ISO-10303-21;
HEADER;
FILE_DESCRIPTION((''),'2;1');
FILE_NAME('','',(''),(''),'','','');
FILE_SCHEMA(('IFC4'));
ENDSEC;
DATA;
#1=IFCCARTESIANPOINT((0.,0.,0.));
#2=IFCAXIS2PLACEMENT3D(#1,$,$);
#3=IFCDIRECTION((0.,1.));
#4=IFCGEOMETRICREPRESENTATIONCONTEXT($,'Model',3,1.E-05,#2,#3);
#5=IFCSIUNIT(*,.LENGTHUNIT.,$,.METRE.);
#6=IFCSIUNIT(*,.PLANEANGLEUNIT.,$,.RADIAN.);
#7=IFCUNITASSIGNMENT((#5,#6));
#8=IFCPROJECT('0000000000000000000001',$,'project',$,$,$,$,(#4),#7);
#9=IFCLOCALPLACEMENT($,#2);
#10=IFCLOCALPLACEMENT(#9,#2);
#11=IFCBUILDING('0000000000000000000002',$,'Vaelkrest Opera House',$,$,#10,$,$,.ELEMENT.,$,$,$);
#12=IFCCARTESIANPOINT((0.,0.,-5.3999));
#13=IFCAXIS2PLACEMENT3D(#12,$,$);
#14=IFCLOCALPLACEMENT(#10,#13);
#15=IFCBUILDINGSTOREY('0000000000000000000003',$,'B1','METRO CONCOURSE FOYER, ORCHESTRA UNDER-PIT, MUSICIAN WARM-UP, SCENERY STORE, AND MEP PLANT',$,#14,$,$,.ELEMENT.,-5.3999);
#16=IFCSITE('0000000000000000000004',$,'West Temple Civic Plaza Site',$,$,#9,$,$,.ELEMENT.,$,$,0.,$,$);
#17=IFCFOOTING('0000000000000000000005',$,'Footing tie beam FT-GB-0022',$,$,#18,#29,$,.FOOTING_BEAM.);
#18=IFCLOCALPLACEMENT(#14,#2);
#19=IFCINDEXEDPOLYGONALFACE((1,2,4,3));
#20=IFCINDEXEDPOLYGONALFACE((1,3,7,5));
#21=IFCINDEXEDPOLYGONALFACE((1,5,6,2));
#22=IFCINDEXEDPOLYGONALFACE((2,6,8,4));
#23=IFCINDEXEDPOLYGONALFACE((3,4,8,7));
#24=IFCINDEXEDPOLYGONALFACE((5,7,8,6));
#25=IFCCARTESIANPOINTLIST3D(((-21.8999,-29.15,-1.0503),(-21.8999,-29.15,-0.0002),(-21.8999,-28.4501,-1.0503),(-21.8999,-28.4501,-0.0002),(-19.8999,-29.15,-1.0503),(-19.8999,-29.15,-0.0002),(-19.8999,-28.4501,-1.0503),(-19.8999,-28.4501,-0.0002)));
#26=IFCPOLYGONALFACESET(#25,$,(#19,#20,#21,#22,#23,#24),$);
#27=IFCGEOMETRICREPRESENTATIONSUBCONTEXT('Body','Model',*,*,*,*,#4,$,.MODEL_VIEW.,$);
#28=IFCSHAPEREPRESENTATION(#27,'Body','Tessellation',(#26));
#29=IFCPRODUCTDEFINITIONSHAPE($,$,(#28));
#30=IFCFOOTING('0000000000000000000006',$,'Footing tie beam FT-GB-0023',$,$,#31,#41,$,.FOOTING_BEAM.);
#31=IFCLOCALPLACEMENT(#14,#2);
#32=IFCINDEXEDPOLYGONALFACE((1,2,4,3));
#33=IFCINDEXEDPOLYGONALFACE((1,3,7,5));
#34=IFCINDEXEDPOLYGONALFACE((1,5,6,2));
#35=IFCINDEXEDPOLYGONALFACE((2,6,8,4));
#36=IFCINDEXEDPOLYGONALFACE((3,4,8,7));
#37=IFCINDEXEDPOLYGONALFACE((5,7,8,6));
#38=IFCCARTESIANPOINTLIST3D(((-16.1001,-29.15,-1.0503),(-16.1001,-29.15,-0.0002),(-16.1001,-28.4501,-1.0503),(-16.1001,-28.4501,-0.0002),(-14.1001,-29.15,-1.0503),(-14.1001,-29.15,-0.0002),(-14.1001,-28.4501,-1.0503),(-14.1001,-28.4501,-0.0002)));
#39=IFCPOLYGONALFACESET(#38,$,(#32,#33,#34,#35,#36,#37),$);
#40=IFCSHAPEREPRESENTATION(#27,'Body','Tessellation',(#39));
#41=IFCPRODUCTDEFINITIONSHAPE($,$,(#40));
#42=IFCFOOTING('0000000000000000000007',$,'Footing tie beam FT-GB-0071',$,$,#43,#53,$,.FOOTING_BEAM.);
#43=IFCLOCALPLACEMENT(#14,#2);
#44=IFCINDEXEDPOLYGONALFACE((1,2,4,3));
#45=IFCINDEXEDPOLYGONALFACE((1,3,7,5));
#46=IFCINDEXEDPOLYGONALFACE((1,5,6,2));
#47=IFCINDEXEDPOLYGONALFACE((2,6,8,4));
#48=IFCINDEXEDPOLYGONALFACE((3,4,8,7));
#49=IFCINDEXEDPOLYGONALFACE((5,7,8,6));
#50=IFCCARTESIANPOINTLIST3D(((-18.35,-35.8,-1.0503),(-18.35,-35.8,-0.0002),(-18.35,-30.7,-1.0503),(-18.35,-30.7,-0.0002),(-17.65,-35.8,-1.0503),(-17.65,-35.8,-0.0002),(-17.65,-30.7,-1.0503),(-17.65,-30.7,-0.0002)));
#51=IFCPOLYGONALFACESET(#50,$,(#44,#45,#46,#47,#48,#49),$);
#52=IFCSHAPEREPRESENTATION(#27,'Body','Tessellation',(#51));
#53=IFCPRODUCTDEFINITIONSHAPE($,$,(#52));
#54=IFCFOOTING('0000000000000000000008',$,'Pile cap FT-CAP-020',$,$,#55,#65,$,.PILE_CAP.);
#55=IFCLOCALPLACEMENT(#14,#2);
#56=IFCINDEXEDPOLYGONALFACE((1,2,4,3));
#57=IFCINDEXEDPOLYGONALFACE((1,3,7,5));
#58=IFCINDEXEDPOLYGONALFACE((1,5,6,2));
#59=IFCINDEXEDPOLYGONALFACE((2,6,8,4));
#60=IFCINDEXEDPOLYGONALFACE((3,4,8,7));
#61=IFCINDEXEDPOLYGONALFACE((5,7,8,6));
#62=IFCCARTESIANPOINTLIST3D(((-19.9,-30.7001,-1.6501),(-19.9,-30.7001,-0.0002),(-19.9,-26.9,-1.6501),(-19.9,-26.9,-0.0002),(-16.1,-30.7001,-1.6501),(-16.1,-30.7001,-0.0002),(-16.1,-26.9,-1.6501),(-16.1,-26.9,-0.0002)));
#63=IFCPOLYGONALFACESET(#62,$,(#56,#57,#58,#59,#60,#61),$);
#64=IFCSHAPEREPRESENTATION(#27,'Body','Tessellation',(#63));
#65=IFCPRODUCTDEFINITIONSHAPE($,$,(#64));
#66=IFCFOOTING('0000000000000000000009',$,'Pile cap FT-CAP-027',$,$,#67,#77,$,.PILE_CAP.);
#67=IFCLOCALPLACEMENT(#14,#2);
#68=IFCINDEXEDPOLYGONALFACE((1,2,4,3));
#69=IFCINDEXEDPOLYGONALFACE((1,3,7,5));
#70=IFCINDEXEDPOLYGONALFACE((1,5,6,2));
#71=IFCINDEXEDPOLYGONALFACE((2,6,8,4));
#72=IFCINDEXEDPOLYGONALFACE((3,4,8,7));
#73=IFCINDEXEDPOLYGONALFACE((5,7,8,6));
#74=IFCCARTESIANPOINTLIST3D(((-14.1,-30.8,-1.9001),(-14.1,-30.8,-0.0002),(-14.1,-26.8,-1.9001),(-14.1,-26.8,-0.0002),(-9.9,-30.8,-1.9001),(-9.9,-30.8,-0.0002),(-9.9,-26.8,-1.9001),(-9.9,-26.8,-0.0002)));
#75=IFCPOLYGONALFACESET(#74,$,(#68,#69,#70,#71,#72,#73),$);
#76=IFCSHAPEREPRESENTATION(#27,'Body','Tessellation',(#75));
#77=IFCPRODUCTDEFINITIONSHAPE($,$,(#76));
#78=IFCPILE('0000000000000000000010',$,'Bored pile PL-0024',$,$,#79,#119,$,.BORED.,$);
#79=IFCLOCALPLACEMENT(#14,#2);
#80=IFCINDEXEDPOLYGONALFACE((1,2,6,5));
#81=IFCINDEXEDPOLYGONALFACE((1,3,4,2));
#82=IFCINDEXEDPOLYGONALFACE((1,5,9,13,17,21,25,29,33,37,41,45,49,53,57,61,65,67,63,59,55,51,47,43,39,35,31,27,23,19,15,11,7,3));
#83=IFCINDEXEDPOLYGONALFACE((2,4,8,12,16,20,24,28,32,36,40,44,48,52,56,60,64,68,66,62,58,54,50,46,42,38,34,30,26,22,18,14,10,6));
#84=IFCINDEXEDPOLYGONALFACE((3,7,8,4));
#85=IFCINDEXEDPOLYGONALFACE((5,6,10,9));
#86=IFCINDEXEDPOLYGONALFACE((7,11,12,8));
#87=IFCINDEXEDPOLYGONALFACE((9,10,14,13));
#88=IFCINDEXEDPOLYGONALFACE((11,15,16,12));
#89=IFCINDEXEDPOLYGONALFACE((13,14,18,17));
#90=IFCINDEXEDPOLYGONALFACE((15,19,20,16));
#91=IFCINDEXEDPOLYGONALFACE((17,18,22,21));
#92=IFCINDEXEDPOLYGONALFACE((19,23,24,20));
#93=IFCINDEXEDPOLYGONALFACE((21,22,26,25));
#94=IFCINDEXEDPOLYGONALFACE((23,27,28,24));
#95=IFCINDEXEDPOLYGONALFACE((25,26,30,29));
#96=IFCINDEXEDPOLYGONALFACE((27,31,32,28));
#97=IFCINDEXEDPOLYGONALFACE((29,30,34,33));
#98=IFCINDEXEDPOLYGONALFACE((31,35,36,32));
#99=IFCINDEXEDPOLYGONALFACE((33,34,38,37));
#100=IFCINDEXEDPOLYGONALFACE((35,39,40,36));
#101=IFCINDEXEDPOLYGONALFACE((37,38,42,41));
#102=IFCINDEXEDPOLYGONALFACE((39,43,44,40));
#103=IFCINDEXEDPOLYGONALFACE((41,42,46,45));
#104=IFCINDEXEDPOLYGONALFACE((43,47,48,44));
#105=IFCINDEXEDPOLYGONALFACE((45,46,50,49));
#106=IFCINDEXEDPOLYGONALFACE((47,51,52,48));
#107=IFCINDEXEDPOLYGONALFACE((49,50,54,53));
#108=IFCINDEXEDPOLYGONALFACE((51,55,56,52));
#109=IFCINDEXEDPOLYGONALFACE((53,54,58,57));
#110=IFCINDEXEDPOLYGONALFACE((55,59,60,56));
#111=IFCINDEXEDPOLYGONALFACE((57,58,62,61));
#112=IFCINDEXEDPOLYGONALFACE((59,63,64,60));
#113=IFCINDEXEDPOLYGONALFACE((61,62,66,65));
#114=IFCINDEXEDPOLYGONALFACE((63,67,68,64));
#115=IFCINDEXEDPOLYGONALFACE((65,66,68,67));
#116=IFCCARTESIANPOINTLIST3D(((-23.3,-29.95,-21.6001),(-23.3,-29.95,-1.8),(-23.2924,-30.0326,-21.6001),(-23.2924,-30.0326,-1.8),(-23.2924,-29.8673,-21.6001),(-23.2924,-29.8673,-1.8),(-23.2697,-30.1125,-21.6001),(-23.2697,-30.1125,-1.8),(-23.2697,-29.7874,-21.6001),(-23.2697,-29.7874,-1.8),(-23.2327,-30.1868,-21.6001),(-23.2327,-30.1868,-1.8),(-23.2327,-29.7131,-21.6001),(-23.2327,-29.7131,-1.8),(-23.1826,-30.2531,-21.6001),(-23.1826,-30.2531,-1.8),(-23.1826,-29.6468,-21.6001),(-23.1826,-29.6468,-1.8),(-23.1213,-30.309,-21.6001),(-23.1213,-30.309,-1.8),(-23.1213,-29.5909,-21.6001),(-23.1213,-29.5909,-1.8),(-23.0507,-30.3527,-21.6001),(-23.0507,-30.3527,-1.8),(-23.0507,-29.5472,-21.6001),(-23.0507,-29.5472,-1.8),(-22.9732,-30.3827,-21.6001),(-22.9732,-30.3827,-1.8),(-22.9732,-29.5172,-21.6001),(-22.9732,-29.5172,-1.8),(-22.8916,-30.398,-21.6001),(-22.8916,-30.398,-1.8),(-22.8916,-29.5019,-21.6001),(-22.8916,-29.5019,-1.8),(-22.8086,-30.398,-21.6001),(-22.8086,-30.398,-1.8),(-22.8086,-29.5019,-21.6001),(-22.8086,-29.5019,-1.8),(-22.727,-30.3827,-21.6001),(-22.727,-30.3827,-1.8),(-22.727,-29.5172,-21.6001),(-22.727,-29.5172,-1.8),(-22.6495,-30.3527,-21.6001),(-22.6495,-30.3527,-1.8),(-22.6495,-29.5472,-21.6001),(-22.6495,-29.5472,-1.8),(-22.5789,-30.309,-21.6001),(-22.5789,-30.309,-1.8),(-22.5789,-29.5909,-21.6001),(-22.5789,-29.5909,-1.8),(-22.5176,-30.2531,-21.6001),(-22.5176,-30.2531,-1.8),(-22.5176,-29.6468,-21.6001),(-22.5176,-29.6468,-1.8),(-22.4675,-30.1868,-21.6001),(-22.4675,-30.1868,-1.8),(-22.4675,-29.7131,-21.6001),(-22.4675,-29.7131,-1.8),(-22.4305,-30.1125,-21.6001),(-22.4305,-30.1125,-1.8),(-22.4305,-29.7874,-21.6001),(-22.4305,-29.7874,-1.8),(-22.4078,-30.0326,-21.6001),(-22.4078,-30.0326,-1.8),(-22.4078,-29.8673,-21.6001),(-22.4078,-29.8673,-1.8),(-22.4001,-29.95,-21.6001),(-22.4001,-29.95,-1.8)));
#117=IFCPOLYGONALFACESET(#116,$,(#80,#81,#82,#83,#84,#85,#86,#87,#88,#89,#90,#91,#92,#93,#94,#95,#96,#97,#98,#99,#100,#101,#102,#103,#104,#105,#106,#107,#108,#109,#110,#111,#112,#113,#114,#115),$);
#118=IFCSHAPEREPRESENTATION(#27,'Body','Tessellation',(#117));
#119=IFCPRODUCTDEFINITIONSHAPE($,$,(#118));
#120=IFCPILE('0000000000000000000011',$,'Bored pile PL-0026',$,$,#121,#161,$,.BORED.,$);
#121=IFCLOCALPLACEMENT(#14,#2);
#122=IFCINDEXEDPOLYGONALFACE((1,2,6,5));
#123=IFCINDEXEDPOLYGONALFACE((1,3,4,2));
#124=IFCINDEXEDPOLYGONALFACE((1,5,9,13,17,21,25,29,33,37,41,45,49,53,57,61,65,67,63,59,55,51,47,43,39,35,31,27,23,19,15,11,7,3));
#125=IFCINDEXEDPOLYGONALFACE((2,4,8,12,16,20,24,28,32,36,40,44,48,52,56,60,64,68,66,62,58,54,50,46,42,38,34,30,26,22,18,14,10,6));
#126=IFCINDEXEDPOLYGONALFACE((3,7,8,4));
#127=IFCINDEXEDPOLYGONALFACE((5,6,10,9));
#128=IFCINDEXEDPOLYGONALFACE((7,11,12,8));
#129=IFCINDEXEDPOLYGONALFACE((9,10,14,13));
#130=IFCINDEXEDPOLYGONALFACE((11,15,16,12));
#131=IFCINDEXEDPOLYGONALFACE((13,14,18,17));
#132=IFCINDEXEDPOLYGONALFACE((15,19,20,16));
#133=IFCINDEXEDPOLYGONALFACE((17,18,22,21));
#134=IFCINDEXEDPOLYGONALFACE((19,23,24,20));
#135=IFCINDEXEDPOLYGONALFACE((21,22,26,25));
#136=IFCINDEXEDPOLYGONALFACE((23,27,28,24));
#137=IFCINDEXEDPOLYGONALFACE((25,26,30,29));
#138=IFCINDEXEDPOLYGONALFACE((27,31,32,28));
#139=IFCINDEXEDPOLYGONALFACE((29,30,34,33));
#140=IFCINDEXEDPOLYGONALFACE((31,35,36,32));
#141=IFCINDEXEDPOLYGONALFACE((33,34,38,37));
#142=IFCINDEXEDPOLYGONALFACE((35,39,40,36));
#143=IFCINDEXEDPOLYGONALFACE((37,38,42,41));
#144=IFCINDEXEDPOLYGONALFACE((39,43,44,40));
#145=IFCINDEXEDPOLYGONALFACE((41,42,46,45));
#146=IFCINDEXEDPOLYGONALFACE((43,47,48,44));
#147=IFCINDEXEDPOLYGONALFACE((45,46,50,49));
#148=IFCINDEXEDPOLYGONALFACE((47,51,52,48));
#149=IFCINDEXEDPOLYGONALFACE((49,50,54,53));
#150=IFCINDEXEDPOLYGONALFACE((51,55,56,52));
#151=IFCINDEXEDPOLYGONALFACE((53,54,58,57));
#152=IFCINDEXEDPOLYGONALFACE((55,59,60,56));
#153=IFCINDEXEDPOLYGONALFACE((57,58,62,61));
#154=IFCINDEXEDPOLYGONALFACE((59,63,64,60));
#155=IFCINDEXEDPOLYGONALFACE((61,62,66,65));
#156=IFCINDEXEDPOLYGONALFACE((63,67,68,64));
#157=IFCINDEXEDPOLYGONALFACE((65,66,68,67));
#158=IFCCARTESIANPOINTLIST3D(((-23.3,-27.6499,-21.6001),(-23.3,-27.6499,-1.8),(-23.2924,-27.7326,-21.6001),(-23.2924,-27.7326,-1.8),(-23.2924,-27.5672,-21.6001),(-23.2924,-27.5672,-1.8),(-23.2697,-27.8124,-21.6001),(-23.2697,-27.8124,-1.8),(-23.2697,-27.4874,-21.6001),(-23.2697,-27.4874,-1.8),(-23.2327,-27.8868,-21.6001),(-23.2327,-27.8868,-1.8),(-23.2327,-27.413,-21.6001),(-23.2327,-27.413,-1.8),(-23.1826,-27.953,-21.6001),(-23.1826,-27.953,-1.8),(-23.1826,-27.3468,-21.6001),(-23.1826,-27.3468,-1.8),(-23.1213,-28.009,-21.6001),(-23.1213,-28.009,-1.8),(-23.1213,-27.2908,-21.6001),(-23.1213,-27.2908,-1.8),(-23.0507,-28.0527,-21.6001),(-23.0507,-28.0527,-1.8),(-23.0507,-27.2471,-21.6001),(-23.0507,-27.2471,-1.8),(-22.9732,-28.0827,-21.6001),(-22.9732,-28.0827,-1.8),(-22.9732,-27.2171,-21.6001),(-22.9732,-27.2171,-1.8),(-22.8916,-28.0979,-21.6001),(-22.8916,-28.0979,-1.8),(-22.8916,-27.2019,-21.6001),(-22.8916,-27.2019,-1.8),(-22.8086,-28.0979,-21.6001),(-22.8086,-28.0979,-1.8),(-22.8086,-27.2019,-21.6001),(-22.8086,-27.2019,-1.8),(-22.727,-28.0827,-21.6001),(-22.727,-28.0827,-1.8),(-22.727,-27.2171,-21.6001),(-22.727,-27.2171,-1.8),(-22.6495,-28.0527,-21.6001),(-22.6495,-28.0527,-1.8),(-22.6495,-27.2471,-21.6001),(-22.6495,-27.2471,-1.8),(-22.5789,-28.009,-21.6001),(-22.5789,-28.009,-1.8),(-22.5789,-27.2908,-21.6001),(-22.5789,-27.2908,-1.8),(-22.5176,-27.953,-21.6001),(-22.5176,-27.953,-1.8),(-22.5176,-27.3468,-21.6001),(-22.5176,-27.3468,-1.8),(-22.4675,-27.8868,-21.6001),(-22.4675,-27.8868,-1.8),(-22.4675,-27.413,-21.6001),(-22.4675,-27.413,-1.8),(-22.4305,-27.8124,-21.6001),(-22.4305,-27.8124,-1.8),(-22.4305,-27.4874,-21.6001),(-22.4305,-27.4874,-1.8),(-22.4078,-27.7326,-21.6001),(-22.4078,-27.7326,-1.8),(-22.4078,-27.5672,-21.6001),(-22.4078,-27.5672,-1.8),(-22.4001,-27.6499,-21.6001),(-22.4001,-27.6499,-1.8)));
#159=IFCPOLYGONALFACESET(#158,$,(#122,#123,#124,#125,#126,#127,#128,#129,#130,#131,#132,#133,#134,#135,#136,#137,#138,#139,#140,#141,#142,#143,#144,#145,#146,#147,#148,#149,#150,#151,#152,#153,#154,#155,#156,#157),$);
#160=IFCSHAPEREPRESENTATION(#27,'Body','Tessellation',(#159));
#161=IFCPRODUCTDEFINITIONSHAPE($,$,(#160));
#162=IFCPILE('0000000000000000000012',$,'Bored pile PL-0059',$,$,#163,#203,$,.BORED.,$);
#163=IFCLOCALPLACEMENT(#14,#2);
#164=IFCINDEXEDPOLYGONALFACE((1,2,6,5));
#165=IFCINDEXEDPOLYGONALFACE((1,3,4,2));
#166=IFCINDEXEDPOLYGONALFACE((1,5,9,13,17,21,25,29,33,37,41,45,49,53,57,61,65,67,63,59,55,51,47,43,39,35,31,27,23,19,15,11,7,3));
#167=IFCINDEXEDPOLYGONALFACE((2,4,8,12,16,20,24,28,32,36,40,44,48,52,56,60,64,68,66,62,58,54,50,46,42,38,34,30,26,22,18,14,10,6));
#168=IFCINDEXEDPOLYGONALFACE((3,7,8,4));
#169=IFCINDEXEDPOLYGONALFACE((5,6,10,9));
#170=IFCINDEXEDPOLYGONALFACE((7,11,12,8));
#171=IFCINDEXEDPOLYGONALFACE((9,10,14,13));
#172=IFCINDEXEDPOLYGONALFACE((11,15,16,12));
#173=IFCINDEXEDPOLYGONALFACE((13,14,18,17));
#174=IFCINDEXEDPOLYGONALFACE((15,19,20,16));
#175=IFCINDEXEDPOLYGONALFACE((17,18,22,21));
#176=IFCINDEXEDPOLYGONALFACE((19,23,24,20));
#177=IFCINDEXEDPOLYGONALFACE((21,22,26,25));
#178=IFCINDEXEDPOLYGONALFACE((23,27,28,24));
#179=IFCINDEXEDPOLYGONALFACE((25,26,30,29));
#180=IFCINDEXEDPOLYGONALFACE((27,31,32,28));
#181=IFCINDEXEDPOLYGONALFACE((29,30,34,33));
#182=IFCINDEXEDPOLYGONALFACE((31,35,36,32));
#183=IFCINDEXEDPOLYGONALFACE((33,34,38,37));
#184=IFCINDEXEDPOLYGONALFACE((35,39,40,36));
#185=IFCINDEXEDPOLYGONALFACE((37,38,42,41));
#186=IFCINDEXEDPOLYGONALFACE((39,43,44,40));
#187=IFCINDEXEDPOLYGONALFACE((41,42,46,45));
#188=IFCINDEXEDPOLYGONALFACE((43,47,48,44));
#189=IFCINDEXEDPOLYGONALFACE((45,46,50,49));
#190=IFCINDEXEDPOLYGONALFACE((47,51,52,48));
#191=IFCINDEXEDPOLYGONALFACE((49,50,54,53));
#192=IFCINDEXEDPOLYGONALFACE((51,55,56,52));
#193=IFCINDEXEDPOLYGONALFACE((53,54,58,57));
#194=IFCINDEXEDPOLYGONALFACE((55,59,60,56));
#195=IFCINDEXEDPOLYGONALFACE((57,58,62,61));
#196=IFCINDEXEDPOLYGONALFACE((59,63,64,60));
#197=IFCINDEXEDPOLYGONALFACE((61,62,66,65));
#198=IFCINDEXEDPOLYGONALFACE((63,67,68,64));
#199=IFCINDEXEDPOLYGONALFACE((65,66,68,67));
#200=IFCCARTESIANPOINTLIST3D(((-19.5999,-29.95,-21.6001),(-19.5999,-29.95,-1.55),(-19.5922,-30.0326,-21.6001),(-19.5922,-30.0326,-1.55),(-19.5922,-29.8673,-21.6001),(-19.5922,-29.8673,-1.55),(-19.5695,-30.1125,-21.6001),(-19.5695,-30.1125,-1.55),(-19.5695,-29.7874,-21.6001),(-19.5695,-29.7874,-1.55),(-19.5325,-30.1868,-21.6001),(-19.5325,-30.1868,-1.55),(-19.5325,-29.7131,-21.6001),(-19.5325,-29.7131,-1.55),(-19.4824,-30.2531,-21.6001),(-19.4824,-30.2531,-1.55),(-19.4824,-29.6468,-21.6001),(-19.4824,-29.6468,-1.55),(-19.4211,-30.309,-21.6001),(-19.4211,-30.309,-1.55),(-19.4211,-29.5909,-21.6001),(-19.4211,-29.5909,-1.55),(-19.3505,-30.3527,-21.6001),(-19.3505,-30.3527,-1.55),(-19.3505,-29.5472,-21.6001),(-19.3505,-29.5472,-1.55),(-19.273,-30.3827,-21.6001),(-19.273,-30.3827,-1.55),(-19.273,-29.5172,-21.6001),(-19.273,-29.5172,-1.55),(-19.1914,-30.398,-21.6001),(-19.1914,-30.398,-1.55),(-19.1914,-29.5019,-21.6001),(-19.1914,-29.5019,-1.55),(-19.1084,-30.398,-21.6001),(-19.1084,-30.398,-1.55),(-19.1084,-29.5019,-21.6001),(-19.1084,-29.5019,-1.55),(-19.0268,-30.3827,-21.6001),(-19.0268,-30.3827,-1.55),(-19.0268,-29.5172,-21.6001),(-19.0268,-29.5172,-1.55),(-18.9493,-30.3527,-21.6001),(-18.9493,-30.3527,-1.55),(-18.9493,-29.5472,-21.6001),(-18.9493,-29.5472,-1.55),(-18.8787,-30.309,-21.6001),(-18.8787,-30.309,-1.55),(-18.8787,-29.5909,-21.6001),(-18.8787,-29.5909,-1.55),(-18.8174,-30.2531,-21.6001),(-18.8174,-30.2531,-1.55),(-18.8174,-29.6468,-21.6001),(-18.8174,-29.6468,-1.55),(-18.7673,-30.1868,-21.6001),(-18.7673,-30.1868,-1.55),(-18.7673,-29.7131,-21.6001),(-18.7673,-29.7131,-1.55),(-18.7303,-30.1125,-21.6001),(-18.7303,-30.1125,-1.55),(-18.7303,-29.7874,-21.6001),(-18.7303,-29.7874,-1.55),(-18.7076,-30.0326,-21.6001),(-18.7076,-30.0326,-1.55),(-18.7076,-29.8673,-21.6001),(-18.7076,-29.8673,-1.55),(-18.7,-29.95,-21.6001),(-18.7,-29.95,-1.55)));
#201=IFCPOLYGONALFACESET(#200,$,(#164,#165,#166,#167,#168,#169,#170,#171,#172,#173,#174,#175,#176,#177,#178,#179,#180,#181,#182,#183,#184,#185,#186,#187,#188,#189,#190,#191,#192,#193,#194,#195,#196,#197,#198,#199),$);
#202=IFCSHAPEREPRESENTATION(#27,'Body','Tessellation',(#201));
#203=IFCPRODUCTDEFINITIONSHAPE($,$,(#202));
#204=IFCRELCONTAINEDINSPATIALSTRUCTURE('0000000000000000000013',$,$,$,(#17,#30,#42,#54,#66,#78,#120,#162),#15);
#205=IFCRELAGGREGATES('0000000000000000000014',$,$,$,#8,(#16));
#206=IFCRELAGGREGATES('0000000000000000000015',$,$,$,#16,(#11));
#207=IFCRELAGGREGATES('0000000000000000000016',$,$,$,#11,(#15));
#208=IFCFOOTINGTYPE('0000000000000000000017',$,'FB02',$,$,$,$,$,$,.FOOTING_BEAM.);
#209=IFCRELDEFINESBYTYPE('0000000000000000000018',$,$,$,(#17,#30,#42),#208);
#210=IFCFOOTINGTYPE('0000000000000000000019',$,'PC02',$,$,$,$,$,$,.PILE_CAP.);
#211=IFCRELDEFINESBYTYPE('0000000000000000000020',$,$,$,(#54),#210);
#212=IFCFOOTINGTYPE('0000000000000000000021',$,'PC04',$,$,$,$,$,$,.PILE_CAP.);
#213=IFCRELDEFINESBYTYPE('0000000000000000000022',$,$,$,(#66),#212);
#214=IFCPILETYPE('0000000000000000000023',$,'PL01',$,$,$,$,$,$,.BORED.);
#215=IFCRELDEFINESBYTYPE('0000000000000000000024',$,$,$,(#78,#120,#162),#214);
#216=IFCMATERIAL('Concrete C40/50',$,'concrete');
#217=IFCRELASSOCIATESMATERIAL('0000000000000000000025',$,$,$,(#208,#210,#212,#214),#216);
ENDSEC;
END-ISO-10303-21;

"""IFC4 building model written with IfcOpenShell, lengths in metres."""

from ifc_helpers import new_model, si_unit, direction, frame, origin, origin_2d, place, context, subcontext, project, spatial, rectangle, circle, extrude, material, material_profile, profile_set, type_object, element, save


model = new_model("IFC4")

# Units and contexts
model_context = context("Model", 3, precision=1e-05, world=origin(), true_north=direction((0.0, 1.0)))
body_context = subcontext(model_context, "Body", "Model", "MODEL_VIEW")
ifc_project = project(units=[si_unit("LENGTHUNIT", "METRE"), si_unit("PLANEANGLEUNIT", "RADIAN")], contexts=[model_context])

# Site, building, storey
site_placement = place(None, origin())
site = spatial("IfcSite", under=ifc_project, at=site_placement, Name="West Temple Civic Plaza Site", CompositionType="ELEMENT", RefElevation=0.0)
building_placement = place(site_placement, origin())
building = spatial("IfcBuilding", under=site, at=building_placement, Name="Vaelkrest Opera House", CompositionType="ELEMENT")
storey_placement = place(building_placement, frame((0.0, 0.0, -5.3999)))
storey = spatial("IfcBuildingStorey", under=building, at=storey_placement, Name="B1", Description="METRO CONCOURSE FOYER, ORCHESTRA UNDER-PIT, MUSICIAN WARM-UP, SCENERY STORE, AND MEP PLANT", CompositionType="ELEMENT", Elevation=-5.3999)

# Footings
ifc_material_1 = material(Name="Concrete C40/50", Category="concrete")
footing_type_1 = type_object("IfcFootingType", Name="FB02", PredefinedType="FOOTING_BEAM", material=ifc_material_1)
for number, where, z_axis, x_axis, name in (
    (1, (-20.8999, -28.8, -1.0503), (0.0, 0.0, 1.0), (1.0, 0.0, 0.0), "Footing tie beam FT-GB-0022"),
    (2, (-15.1001, -28.8, -1.0503), (0.0, 0.0, 1.0), (1.0, 0.0, 0.0), "Footing tie beam FT-GB-0023"),
):
    element("IfcFooting", number, at=place(storey_placement, frame(where, z_axis=z_axis, x_axis=x_axis)), inside=storey, type_object=footing_type_1, Name=name, PredefinedType="FOOTING_BEAM", context=body_context, shape_type="SweptSolid", body=[
        extrude(rectangle(XDim=2.0, YDim=0.7, at=origin_2d()), origin(), (0.0, 0.0, 1.0), 1.05),
    ])
footing_1_placement = place(storey_placement, frame((-18.0, -33.25, -1.0503), z_axis=(0.0, 0.0, 1.0), x_axis=(0.0, 1.0, 0.0)))
element("IfcFooting", 3, at=footing_1_placement, inside=storey, type_object=footing_type_1, Name="Footing tie beam FT-GB-0071", PredefinedType="FOOTING_BEAM", context=body_context, shape_type="SweptSolid", body=[
    extrude(rectangle(XDim=5.1001, YDim=0.7, at=origin_2d()), origin(), (0.0, 0.0, 1.0), 1.05),
])
footing_type_2 = type_object("IfcFootingType", Name="PC02", PredefinedType="PILE_CAP", material=ifc_material_1)
footing_2_placement = place(storey_placement, frame((-18.0, -28.8, -1.6501), z_axis=(0.0, 0.0, 1.0), x_axis=(1.0, 0.0, 0.0)))
element("IfcFooting", 4, at=footing_2_placement, inside=storey, type_object=footing_type_2, Name="Pile cap FT-CAP-020", PredefinedType="PILE_CAP", context=body_context, shape_type="SweptSolid", body=[
    extrude(rectangle(XDim=3.8, YDim=3.8, at=origin_2d()), origin(), (0.0, 0.0, 1.0), 1.6499),
])
footing_type_3 = type_object("IfcFootingType", Name="PC04", PredefinedType="PILE_CAP", material=ifc_material_1)
footing_3_placement = place(storey_placement, frame((-12.0, -28.8, -1.9001), z_axis=(0.0, 0.0, 1.0), x_axis=(1.0, 0.0, 0.0)))
element("IfcFooting", 5, at=footing_3_placement, inside=storey, type_object=footing_type_3, Name="Pile cap FT-CAP-027", PredefinedType="PILE_CAP", context=body_context, shape_type="SweptSolid", body=[
    extrude(rectangle(XDim=4.2, YDim=4.0, at=origin_2d()), origin(), (0.0, 0.0, 1.0), 1.8999),
])

# Piles
ifc_material_profile_1 = material_profile(ifc_material_1, circle(Radius=0.45, at=origin_2d()), Name="PILE900")
ifc_profile_set_1 = profile_set([ifc_material_profile_1], Name="Concrete C40/50")
pile_type = type_object("IfcPileType", Name="PL01", PredefinedType="BORED", material=ifc_profile_set_1)
for number, where, z_axis, x_axis, name in (
    (6, (-22.8501, -29.95, -1.8), (0.0, 0.0, -1.0), (1.0, 0.0, 0.0), "Bored pile PL-0024"),
    (7, (-22.8501, -27.6499, -1.8), (0.0, 0.0, -1.0), (1.0, 0.0, 0.0), "Bored pile PL-0026"),
):
    element("IfcPile", number, at=place(storey_placement, frame(where, z_axis=z_axis, x_axis=x_axis)), inside=storey, type_object=pile_type, Name=name, PredefinedType="BORED", context=body_context, shape_type="SweptSolid", body=[
        extrude(circle(Radius=0.45, at=origin_2d()), origin(), (0.0, 0.0, 1.0), 19.8),
    ])
for number, where, z_axis, x_axis, name in (
    (8, (-19.1499, -29.95, -1.55), (0.0, 0.0, -1.0), (1.0, 0.0, 0.0), "Bored pile PL-0059"),
):
    element("IfcPile", number, at=place(storey_placement, frame(where, z_axis=z_axis, x_axis=x_axis)), inside=storey, type_object=pile_type, Name=name, PredefinedType="BORED", context=body_context, shape_type="SweptSolid", body=[
        extrude(circle(Radius=0.45, at=origin_2d()), origin(), (0.0, 0.0, 1.0), 20.05),
    ])

save(model, "model.ifc")
